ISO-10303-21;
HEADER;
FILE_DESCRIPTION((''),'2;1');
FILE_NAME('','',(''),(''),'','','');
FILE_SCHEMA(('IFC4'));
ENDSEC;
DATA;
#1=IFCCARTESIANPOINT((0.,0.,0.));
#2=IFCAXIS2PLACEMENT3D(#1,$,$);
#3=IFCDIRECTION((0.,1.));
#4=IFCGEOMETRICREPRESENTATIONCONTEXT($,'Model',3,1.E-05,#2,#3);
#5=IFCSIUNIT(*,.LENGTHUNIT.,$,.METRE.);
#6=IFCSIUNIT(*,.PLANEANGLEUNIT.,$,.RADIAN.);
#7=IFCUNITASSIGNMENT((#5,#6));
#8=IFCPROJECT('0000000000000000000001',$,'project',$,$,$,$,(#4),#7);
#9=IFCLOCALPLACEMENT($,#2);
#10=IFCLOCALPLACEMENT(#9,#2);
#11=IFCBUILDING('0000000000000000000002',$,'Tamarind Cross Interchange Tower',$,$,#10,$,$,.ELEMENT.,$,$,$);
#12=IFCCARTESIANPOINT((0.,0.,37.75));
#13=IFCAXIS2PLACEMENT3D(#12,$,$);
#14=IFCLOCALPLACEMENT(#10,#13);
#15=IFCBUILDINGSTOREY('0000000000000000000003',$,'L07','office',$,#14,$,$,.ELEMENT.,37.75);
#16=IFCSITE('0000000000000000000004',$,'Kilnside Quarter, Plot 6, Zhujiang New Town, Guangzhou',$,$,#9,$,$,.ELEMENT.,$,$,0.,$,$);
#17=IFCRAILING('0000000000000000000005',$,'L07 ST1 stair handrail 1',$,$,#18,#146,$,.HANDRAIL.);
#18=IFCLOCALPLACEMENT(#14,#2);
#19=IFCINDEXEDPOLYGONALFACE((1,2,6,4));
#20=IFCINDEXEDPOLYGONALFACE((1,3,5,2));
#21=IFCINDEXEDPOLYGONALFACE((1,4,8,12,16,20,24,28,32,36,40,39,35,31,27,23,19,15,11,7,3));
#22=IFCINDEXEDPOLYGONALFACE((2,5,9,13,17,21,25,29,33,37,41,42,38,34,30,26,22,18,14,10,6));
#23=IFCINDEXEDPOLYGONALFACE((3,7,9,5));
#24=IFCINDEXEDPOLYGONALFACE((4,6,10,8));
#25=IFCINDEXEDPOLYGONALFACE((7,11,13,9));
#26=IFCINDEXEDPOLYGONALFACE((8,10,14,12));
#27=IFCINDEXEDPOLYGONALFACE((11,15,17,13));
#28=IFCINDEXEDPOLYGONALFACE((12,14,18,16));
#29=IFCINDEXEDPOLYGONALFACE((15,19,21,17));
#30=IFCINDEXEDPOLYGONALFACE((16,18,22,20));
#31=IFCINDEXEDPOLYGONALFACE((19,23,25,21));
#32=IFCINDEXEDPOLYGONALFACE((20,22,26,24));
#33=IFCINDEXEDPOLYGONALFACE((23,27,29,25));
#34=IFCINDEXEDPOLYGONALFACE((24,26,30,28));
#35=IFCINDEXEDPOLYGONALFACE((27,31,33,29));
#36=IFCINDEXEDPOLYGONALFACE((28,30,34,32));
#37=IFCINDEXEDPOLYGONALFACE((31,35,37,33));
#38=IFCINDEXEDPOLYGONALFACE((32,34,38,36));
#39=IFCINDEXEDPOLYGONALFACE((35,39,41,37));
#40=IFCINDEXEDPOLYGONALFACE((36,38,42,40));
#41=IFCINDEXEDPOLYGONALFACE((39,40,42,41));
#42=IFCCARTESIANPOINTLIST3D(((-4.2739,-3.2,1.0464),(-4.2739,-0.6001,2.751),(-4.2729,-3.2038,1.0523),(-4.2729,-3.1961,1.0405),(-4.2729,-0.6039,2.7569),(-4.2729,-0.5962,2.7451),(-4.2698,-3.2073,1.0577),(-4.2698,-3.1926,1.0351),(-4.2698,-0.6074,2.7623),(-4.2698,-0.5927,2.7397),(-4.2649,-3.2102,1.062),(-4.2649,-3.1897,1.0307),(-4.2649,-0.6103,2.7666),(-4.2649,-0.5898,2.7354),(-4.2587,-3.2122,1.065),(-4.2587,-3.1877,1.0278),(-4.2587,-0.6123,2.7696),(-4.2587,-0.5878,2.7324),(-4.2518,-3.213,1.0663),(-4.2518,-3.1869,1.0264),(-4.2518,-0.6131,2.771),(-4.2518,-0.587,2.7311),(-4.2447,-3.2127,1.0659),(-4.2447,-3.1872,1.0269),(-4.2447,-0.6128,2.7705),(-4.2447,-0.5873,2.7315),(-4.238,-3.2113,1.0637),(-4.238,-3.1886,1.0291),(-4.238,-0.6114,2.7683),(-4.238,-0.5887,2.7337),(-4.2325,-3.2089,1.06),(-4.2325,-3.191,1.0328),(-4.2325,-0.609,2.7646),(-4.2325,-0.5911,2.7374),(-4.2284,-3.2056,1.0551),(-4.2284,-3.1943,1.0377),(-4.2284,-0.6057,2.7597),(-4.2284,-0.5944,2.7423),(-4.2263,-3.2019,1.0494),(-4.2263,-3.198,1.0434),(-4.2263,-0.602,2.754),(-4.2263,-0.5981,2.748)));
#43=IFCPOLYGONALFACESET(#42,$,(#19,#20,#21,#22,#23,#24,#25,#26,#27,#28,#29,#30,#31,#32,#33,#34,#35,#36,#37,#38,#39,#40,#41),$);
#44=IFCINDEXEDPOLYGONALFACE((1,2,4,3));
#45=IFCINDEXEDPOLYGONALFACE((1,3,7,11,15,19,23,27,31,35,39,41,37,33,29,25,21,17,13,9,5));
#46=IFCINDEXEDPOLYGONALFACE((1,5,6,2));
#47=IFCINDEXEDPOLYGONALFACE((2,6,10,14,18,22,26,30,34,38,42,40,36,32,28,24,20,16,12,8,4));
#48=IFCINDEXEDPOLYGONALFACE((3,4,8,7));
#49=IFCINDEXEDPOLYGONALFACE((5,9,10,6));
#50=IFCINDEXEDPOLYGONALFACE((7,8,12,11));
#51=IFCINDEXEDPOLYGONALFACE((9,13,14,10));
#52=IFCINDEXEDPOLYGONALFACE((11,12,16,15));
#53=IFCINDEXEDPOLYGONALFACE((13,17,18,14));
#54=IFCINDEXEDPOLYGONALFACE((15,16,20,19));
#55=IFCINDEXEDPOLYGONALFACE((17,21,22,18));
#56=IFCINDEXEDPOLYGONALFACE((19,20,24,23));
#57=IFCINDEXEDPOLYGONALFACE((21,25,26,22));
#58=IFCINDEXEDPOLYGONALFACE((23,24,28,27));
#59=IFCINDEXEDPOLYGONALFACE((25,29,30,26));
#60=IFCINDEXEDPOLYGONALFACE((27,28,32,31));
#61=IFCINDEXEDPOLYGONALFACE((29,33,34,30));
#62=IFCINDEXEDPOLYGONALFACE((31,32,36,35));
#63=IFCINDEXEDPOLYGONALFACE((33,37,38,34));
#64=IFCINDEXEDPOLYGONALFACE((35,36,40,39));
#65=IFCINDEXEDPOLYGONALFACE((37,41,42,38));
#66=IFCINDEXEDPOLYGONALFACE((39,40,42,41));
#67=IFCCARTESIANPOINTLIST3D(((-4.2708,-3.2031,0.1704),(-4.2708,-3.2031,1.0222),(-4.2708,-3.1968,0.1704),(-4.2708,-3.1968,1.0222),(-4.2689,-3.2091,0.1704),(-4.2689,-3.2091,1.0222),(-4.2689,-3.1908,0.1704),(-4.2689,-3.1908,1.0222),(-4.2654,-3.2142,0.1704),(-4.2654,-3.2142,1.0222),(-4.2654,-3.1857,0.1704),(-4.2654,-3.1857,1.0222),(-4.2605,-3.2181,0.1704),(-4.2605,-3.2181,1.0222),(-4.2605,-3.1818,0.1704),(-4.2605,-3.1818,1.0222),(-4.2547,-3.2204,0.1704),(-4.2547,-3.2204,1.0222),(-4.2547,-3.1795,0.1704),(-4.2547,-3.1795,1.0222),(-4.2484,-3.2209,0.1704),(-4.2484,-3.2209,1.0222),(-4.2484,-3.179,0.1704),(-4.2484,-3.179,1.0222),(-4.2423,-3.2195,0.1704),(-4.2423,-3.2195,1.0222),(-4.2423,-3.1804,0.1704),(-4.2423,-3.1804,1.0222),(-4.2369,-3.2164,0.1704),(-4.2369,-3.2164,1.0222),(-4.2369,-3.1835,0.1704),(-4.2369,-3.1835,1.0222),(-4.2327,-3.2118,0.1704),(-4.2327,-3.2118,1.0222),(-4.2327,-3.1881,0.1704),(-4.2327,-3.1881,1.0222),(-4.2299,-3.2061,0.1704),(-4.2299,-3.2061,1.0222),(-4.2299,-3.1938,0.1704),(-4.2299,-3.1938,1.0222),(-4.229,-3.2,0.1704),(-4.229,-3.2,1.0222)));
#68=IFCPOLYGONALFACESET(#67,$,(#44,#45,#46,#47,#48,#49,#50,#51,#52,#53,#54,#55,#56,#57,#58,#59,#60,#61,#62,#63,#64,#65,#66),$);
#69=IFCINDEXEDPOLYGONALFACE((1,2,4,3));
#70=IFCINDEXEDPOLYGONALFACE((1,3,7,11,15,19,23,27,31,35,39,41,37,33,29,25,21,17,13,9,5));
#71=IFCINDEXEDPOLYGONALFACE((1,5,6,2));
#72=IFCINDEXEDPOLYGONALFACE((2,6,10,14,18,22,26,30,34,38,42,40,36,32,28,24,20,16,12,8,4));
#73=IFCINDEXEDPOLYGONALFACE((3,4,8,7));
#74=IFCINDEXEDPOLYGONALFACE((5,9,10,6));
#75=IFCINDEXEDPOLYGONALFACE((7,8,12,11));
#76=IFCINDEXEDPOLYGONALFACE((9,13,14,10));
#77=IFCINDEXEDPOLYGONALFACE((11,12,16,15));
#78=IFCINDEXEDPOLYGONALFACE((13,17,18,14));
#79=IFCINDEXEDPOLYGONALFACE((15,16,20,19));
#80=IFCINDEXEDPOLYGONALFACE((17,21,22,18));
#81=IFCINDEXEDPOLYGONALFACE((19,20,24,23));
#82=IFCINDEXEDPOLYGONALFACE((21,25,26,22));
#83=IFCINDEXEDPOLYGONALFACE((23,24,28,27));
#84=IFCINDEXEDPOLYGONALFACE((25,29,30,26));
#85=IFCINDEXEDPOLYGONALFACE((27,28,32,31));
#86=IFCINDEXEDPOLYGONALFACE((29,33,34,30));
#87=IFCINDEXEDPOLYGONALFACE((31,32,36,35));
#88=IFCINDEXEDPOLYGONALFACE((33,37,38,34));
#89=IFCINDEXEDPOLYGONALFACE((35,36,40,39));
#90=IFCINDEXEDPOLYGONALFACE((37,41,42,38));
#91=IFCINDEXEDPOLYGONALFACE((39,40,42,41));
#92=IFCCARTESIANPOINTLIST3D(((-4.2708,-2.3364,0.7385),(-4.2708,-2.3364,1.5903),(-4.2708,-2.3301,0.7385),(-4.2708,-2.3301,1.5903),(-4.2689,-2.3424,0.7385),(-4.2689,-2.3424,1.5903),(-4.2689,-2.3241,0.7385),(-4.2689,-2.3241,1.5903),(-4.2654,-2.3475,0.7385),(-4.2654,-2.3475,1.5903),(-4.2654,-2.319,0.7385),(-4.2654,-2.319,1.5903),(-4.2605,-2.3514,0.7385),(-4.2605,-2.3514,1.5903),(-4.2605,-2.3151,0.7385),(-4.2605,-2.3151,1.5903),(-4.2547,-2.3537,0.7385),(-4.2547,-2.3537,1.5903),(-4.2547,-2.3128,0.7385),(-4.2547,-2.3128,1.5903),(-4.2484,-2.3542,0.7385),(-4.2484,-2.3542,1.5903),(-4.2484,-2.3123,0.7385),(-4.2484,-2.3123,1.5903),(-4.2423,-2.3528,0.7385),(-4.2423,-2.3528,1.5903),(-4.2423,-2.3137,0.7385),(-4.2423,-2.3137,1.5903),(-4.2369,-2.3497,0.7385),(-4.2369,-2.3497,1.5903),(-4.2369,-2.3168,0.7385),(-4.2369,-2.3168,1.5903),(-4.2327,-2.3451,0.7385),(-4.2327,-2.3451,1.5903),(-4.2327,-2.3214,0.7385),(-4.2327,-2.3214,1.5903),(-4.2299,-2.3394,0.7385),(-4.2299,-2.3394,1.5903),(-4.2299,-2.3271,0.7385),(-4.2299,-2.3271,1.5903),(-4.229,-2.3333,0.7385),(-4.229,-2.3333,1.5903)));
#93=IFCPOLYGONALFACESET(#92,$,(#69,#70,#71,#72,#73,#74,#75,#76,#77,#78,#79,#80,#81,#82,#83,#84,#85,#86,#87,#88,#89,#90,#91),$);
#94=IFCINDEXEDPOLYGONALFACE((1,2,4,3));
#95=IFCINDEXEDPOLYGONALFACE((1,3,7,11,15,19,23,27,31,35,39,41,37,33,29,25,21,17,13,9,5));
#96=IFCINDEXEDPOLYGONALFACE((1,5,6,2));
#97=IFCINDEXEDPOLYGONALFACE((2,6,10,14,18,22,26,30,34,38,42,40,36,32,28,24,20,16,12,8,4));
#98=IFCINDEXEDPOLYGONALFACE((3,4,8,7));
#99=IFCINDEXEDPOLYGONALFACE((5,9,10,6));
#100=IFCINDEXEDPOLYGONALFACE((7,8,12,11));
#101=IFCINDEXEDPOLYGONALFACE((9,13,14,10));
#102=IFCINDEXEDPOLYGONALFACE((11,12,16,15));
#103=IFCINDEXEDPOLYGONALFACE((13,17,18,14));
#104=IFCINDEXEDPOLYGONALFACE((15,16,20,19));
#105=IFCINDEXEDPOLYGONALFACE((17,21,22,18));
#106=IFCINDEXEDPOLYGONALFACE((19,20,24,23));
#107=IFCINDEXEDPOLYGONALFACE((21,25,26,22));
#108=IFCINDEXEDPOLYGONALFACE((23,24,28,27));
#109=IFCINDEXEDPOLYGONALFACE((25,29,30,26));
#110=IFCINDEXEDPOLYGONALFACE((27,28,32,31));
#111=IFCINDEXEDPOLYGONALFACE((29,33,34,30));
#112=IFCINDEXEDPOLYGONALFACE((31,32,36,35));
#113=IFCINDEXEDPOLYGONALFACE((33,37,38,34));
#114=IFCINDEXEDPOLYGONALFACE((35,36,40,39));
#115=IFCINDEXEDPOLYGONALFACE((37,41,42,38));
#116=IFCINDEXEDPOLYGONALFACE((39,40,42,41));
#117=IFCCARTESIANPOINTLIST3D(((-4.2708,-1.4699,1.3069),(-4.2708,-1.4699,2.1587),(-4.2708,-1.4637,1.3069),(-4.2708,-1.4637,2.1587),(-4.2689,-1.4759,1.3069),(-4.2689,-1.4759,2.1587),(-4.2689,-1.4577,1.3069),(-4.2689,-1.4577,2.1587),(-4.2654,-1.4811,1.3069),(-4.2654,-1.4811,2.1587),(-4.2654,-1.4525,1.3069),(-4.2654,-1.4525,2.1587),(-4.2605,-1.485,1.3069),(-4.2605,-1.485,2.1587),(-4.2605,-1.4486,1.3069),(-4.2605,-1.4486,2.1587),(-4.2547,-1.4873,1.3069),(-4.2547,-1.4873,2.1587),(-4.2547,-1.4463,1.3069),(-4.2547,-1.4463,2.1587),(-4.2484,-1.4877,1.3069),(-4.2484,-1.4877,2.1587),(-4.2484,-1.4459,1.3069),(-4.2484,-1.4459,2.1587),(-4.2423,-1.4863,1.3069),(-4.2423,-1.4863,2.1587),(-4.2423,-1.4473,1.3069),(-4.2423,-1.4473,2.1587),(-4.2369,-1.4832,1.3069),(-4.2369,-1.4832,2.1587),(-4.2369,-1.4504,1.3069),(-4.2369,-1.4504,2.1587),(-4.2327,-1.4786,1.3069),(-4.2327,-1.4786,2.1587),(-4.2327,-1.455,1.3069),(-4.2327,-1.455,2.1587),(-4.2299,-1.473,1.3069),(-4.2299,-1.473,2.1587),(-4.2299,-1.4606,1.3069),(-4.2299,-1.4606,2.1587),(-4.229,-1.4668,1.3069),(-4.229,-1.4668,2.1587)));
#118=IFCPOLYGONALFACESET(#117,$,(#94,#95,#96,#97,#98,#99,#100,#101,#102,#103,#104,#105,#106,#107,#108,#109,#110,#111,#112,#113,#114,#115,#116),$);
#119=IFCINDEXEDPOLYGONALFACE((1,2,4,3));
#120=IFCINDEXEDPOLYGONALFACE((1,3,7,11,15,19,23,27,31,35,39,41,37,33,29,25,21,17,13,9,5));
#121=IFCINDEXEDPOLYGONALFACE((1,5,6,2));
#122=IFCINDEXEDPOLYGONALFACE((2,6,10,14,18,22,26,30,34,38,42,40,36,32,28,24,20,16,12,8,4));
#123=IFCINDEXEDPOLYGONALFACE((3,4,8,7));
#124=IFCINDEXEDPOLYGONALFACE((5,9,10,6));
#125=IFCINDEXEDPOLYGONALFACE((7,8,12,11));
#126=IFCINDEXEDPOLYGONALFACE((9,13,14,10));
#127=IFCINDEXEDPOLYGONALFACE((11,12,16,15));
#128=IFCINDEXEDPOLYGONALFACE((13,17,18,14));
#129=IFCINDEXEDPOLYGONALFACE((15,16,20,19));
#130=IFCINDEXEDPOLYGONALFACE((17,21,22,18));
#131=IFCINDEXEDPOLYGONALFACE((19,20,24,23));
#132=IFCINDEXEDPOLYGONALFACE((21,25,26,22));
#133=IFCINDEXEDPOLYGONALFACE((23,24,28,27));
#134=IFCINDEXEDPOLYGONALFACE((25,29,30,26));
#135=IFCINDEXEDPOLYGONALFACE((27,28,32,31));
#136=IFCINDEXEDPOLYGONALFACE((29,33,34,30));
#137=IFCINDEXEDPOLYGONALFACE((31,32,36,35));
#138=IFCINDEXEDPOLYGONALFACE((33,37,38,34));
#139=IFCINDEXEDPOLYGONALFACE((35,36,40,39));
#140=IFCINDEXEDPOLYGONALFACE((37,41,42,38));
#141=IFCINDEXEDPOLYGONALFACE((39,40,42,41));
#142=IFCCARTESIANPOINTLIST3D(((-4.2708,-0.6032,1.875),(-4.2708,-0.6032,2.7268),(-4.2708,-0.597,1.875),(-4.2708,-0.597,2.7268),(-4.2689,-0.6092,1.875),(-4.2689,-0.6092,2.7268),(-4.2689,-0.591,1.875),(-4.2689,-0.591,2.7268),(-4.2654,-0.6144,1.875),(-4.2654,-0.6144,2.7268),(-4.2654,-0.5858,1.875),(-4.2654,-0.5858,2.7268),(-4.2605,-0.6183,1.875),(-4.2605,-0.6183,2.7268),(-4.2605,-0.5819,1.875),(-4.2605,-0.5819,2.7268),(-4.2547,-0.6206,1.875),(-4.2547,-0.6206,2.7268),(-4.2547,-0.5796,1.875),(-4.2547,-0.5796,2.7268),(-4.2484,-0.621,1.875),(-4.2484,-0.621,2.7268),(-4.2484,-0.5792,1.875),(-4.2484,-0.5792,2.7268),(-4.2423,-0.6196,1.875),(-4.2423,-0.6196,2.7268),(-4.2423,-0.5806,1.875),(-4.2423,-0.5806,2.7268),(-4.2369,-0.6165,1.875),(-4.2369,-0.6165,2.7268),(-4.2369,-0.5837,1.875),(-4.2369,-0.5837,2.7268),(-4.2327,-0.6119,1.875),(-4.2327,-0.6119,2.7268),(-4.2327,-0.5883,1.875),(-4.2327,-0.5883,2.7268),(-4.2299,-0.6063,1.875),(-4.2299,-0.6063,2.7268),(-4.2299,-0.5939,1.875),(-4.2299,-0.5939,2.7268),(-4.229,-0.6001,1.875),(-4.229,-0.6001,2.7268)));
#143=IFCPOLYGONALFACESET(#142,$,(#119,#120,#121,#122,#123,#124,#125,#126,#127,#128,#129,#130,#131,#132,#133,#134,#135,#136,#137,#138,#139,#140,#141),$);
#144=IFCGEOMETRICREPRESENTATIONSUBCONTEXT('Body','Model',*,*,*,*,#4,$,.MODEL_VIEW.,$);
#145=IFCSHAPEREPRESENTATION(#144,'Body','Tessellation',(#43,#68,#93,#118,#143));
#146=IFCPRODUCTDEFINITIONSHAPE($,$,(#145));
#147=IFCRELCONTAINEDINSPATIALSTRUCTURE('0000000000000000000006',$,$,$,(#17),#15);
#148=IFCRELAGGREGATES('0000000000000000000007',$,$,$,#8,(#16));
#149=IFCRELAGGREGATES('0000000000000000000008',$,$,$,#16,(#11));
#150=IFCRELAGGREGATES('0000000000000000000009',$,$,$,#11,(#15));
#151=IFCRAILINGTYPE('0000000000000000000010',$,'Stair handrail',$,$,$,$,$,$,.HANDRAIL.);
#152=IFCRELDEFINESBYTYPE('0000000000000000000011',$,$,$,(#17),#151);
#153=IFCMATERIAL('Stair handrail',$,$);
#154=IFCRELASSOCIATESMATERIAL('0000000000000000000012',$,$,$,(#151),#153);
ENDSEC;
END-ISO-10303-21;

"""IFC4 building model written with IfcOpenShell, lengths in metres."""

from ifc_helpers import new_model, si_unit, direction, frame, origin, origin_2d, place, context, subcontext, project, spatial, circle, extrude, material, type_object, element, save


model = new_model("IFC4")

# Units and contexts
model_context = context("Model", 3, precision=1e-05, world=origin(), true_north=direction((0.0, 1.0)))
body_context = subcontext(model_context, "Body", "Model", "MODEL_VIEW")
ifc_project = project(units=[si_unit("LENGTHUNIT", "METRE"), si_unit("PLANEANGLEUNIT", "RADIAN")], contexts=[model_context])

# Site, building, storey
site_placement = place(None, origin())
site = spatial("IfcSite", under=ifc_project, at=site_placement, Name="Kilnside Quarter, Plot 6, Zhujiang New Town, Guangzhou", CompositionType="ELEMENT", RefElevation=0.0)
building_placement = place(site_placement, origin())
building = spatial("IfcBuilding", under=site, at=building_placement, Name="Tamarind Cross Interchange Tower", CompositionType="ELEMENT")
storey_placement = place(building_placement, frame((0.0, 0.0, 37.75)))
storey = spatial("IfcBuildingStorey", under=building, at=storey_placement, Name="L07", Description="office", CompositionType="ELEMENT", Elevation=37.75)

# Railing
ifc_material_1 = material(Name="Stair handrail")
railing_type_1 = type_object("IfcRailingType", Name="Stair handrail", PredefinedType="HANDRAIL", material=ifc_material_1)
railing_1_placement = place(storey_placement, frame((-4.25, -3.2, 0.1704)))
element("IfcRailing", 1, at=railing_1_placement, inside=storey, type_object=railing_type_1, Name="L07 ST1 stair handrail 1", PredefinedType="HANDRAIL", context=body_context, shape_type="SweptSolid", body=[
    extrude(circle(Radius=0.0239, at=origin_2d()), frame((0.0, 0.0, 0.876), z_axis=(0.0, 0.836279, 0.548305), x_axis=(-1.0, 0.0, 0.0)), (0.0, 0.0, 1.0), 3.1089),
    extrude(circle(Radius=0.021, at=origin_2d()), origin(), (0.0, 0.0, 1.0), 0.8518),
    extrude(circle(Radius=0.021, at=origin_2d()), frame((0.0, 0.8667, 0.5681)), (0.0, 0.0, 1.0), 0.8518),
    extrude(circle(Radius=0.021, at=origin_2d()), frame((0.0, 1.7332, 1.1365)), (0.0, 0.0, 1.0), 0.8518),
    extrude(circle(Radius=0.021, at=origin_2d()), frame((0.0, 2.5999, 1.7046)), (0.0, 0.0, 1.0), 0.8518),
])

save(model, "model.ifc")
